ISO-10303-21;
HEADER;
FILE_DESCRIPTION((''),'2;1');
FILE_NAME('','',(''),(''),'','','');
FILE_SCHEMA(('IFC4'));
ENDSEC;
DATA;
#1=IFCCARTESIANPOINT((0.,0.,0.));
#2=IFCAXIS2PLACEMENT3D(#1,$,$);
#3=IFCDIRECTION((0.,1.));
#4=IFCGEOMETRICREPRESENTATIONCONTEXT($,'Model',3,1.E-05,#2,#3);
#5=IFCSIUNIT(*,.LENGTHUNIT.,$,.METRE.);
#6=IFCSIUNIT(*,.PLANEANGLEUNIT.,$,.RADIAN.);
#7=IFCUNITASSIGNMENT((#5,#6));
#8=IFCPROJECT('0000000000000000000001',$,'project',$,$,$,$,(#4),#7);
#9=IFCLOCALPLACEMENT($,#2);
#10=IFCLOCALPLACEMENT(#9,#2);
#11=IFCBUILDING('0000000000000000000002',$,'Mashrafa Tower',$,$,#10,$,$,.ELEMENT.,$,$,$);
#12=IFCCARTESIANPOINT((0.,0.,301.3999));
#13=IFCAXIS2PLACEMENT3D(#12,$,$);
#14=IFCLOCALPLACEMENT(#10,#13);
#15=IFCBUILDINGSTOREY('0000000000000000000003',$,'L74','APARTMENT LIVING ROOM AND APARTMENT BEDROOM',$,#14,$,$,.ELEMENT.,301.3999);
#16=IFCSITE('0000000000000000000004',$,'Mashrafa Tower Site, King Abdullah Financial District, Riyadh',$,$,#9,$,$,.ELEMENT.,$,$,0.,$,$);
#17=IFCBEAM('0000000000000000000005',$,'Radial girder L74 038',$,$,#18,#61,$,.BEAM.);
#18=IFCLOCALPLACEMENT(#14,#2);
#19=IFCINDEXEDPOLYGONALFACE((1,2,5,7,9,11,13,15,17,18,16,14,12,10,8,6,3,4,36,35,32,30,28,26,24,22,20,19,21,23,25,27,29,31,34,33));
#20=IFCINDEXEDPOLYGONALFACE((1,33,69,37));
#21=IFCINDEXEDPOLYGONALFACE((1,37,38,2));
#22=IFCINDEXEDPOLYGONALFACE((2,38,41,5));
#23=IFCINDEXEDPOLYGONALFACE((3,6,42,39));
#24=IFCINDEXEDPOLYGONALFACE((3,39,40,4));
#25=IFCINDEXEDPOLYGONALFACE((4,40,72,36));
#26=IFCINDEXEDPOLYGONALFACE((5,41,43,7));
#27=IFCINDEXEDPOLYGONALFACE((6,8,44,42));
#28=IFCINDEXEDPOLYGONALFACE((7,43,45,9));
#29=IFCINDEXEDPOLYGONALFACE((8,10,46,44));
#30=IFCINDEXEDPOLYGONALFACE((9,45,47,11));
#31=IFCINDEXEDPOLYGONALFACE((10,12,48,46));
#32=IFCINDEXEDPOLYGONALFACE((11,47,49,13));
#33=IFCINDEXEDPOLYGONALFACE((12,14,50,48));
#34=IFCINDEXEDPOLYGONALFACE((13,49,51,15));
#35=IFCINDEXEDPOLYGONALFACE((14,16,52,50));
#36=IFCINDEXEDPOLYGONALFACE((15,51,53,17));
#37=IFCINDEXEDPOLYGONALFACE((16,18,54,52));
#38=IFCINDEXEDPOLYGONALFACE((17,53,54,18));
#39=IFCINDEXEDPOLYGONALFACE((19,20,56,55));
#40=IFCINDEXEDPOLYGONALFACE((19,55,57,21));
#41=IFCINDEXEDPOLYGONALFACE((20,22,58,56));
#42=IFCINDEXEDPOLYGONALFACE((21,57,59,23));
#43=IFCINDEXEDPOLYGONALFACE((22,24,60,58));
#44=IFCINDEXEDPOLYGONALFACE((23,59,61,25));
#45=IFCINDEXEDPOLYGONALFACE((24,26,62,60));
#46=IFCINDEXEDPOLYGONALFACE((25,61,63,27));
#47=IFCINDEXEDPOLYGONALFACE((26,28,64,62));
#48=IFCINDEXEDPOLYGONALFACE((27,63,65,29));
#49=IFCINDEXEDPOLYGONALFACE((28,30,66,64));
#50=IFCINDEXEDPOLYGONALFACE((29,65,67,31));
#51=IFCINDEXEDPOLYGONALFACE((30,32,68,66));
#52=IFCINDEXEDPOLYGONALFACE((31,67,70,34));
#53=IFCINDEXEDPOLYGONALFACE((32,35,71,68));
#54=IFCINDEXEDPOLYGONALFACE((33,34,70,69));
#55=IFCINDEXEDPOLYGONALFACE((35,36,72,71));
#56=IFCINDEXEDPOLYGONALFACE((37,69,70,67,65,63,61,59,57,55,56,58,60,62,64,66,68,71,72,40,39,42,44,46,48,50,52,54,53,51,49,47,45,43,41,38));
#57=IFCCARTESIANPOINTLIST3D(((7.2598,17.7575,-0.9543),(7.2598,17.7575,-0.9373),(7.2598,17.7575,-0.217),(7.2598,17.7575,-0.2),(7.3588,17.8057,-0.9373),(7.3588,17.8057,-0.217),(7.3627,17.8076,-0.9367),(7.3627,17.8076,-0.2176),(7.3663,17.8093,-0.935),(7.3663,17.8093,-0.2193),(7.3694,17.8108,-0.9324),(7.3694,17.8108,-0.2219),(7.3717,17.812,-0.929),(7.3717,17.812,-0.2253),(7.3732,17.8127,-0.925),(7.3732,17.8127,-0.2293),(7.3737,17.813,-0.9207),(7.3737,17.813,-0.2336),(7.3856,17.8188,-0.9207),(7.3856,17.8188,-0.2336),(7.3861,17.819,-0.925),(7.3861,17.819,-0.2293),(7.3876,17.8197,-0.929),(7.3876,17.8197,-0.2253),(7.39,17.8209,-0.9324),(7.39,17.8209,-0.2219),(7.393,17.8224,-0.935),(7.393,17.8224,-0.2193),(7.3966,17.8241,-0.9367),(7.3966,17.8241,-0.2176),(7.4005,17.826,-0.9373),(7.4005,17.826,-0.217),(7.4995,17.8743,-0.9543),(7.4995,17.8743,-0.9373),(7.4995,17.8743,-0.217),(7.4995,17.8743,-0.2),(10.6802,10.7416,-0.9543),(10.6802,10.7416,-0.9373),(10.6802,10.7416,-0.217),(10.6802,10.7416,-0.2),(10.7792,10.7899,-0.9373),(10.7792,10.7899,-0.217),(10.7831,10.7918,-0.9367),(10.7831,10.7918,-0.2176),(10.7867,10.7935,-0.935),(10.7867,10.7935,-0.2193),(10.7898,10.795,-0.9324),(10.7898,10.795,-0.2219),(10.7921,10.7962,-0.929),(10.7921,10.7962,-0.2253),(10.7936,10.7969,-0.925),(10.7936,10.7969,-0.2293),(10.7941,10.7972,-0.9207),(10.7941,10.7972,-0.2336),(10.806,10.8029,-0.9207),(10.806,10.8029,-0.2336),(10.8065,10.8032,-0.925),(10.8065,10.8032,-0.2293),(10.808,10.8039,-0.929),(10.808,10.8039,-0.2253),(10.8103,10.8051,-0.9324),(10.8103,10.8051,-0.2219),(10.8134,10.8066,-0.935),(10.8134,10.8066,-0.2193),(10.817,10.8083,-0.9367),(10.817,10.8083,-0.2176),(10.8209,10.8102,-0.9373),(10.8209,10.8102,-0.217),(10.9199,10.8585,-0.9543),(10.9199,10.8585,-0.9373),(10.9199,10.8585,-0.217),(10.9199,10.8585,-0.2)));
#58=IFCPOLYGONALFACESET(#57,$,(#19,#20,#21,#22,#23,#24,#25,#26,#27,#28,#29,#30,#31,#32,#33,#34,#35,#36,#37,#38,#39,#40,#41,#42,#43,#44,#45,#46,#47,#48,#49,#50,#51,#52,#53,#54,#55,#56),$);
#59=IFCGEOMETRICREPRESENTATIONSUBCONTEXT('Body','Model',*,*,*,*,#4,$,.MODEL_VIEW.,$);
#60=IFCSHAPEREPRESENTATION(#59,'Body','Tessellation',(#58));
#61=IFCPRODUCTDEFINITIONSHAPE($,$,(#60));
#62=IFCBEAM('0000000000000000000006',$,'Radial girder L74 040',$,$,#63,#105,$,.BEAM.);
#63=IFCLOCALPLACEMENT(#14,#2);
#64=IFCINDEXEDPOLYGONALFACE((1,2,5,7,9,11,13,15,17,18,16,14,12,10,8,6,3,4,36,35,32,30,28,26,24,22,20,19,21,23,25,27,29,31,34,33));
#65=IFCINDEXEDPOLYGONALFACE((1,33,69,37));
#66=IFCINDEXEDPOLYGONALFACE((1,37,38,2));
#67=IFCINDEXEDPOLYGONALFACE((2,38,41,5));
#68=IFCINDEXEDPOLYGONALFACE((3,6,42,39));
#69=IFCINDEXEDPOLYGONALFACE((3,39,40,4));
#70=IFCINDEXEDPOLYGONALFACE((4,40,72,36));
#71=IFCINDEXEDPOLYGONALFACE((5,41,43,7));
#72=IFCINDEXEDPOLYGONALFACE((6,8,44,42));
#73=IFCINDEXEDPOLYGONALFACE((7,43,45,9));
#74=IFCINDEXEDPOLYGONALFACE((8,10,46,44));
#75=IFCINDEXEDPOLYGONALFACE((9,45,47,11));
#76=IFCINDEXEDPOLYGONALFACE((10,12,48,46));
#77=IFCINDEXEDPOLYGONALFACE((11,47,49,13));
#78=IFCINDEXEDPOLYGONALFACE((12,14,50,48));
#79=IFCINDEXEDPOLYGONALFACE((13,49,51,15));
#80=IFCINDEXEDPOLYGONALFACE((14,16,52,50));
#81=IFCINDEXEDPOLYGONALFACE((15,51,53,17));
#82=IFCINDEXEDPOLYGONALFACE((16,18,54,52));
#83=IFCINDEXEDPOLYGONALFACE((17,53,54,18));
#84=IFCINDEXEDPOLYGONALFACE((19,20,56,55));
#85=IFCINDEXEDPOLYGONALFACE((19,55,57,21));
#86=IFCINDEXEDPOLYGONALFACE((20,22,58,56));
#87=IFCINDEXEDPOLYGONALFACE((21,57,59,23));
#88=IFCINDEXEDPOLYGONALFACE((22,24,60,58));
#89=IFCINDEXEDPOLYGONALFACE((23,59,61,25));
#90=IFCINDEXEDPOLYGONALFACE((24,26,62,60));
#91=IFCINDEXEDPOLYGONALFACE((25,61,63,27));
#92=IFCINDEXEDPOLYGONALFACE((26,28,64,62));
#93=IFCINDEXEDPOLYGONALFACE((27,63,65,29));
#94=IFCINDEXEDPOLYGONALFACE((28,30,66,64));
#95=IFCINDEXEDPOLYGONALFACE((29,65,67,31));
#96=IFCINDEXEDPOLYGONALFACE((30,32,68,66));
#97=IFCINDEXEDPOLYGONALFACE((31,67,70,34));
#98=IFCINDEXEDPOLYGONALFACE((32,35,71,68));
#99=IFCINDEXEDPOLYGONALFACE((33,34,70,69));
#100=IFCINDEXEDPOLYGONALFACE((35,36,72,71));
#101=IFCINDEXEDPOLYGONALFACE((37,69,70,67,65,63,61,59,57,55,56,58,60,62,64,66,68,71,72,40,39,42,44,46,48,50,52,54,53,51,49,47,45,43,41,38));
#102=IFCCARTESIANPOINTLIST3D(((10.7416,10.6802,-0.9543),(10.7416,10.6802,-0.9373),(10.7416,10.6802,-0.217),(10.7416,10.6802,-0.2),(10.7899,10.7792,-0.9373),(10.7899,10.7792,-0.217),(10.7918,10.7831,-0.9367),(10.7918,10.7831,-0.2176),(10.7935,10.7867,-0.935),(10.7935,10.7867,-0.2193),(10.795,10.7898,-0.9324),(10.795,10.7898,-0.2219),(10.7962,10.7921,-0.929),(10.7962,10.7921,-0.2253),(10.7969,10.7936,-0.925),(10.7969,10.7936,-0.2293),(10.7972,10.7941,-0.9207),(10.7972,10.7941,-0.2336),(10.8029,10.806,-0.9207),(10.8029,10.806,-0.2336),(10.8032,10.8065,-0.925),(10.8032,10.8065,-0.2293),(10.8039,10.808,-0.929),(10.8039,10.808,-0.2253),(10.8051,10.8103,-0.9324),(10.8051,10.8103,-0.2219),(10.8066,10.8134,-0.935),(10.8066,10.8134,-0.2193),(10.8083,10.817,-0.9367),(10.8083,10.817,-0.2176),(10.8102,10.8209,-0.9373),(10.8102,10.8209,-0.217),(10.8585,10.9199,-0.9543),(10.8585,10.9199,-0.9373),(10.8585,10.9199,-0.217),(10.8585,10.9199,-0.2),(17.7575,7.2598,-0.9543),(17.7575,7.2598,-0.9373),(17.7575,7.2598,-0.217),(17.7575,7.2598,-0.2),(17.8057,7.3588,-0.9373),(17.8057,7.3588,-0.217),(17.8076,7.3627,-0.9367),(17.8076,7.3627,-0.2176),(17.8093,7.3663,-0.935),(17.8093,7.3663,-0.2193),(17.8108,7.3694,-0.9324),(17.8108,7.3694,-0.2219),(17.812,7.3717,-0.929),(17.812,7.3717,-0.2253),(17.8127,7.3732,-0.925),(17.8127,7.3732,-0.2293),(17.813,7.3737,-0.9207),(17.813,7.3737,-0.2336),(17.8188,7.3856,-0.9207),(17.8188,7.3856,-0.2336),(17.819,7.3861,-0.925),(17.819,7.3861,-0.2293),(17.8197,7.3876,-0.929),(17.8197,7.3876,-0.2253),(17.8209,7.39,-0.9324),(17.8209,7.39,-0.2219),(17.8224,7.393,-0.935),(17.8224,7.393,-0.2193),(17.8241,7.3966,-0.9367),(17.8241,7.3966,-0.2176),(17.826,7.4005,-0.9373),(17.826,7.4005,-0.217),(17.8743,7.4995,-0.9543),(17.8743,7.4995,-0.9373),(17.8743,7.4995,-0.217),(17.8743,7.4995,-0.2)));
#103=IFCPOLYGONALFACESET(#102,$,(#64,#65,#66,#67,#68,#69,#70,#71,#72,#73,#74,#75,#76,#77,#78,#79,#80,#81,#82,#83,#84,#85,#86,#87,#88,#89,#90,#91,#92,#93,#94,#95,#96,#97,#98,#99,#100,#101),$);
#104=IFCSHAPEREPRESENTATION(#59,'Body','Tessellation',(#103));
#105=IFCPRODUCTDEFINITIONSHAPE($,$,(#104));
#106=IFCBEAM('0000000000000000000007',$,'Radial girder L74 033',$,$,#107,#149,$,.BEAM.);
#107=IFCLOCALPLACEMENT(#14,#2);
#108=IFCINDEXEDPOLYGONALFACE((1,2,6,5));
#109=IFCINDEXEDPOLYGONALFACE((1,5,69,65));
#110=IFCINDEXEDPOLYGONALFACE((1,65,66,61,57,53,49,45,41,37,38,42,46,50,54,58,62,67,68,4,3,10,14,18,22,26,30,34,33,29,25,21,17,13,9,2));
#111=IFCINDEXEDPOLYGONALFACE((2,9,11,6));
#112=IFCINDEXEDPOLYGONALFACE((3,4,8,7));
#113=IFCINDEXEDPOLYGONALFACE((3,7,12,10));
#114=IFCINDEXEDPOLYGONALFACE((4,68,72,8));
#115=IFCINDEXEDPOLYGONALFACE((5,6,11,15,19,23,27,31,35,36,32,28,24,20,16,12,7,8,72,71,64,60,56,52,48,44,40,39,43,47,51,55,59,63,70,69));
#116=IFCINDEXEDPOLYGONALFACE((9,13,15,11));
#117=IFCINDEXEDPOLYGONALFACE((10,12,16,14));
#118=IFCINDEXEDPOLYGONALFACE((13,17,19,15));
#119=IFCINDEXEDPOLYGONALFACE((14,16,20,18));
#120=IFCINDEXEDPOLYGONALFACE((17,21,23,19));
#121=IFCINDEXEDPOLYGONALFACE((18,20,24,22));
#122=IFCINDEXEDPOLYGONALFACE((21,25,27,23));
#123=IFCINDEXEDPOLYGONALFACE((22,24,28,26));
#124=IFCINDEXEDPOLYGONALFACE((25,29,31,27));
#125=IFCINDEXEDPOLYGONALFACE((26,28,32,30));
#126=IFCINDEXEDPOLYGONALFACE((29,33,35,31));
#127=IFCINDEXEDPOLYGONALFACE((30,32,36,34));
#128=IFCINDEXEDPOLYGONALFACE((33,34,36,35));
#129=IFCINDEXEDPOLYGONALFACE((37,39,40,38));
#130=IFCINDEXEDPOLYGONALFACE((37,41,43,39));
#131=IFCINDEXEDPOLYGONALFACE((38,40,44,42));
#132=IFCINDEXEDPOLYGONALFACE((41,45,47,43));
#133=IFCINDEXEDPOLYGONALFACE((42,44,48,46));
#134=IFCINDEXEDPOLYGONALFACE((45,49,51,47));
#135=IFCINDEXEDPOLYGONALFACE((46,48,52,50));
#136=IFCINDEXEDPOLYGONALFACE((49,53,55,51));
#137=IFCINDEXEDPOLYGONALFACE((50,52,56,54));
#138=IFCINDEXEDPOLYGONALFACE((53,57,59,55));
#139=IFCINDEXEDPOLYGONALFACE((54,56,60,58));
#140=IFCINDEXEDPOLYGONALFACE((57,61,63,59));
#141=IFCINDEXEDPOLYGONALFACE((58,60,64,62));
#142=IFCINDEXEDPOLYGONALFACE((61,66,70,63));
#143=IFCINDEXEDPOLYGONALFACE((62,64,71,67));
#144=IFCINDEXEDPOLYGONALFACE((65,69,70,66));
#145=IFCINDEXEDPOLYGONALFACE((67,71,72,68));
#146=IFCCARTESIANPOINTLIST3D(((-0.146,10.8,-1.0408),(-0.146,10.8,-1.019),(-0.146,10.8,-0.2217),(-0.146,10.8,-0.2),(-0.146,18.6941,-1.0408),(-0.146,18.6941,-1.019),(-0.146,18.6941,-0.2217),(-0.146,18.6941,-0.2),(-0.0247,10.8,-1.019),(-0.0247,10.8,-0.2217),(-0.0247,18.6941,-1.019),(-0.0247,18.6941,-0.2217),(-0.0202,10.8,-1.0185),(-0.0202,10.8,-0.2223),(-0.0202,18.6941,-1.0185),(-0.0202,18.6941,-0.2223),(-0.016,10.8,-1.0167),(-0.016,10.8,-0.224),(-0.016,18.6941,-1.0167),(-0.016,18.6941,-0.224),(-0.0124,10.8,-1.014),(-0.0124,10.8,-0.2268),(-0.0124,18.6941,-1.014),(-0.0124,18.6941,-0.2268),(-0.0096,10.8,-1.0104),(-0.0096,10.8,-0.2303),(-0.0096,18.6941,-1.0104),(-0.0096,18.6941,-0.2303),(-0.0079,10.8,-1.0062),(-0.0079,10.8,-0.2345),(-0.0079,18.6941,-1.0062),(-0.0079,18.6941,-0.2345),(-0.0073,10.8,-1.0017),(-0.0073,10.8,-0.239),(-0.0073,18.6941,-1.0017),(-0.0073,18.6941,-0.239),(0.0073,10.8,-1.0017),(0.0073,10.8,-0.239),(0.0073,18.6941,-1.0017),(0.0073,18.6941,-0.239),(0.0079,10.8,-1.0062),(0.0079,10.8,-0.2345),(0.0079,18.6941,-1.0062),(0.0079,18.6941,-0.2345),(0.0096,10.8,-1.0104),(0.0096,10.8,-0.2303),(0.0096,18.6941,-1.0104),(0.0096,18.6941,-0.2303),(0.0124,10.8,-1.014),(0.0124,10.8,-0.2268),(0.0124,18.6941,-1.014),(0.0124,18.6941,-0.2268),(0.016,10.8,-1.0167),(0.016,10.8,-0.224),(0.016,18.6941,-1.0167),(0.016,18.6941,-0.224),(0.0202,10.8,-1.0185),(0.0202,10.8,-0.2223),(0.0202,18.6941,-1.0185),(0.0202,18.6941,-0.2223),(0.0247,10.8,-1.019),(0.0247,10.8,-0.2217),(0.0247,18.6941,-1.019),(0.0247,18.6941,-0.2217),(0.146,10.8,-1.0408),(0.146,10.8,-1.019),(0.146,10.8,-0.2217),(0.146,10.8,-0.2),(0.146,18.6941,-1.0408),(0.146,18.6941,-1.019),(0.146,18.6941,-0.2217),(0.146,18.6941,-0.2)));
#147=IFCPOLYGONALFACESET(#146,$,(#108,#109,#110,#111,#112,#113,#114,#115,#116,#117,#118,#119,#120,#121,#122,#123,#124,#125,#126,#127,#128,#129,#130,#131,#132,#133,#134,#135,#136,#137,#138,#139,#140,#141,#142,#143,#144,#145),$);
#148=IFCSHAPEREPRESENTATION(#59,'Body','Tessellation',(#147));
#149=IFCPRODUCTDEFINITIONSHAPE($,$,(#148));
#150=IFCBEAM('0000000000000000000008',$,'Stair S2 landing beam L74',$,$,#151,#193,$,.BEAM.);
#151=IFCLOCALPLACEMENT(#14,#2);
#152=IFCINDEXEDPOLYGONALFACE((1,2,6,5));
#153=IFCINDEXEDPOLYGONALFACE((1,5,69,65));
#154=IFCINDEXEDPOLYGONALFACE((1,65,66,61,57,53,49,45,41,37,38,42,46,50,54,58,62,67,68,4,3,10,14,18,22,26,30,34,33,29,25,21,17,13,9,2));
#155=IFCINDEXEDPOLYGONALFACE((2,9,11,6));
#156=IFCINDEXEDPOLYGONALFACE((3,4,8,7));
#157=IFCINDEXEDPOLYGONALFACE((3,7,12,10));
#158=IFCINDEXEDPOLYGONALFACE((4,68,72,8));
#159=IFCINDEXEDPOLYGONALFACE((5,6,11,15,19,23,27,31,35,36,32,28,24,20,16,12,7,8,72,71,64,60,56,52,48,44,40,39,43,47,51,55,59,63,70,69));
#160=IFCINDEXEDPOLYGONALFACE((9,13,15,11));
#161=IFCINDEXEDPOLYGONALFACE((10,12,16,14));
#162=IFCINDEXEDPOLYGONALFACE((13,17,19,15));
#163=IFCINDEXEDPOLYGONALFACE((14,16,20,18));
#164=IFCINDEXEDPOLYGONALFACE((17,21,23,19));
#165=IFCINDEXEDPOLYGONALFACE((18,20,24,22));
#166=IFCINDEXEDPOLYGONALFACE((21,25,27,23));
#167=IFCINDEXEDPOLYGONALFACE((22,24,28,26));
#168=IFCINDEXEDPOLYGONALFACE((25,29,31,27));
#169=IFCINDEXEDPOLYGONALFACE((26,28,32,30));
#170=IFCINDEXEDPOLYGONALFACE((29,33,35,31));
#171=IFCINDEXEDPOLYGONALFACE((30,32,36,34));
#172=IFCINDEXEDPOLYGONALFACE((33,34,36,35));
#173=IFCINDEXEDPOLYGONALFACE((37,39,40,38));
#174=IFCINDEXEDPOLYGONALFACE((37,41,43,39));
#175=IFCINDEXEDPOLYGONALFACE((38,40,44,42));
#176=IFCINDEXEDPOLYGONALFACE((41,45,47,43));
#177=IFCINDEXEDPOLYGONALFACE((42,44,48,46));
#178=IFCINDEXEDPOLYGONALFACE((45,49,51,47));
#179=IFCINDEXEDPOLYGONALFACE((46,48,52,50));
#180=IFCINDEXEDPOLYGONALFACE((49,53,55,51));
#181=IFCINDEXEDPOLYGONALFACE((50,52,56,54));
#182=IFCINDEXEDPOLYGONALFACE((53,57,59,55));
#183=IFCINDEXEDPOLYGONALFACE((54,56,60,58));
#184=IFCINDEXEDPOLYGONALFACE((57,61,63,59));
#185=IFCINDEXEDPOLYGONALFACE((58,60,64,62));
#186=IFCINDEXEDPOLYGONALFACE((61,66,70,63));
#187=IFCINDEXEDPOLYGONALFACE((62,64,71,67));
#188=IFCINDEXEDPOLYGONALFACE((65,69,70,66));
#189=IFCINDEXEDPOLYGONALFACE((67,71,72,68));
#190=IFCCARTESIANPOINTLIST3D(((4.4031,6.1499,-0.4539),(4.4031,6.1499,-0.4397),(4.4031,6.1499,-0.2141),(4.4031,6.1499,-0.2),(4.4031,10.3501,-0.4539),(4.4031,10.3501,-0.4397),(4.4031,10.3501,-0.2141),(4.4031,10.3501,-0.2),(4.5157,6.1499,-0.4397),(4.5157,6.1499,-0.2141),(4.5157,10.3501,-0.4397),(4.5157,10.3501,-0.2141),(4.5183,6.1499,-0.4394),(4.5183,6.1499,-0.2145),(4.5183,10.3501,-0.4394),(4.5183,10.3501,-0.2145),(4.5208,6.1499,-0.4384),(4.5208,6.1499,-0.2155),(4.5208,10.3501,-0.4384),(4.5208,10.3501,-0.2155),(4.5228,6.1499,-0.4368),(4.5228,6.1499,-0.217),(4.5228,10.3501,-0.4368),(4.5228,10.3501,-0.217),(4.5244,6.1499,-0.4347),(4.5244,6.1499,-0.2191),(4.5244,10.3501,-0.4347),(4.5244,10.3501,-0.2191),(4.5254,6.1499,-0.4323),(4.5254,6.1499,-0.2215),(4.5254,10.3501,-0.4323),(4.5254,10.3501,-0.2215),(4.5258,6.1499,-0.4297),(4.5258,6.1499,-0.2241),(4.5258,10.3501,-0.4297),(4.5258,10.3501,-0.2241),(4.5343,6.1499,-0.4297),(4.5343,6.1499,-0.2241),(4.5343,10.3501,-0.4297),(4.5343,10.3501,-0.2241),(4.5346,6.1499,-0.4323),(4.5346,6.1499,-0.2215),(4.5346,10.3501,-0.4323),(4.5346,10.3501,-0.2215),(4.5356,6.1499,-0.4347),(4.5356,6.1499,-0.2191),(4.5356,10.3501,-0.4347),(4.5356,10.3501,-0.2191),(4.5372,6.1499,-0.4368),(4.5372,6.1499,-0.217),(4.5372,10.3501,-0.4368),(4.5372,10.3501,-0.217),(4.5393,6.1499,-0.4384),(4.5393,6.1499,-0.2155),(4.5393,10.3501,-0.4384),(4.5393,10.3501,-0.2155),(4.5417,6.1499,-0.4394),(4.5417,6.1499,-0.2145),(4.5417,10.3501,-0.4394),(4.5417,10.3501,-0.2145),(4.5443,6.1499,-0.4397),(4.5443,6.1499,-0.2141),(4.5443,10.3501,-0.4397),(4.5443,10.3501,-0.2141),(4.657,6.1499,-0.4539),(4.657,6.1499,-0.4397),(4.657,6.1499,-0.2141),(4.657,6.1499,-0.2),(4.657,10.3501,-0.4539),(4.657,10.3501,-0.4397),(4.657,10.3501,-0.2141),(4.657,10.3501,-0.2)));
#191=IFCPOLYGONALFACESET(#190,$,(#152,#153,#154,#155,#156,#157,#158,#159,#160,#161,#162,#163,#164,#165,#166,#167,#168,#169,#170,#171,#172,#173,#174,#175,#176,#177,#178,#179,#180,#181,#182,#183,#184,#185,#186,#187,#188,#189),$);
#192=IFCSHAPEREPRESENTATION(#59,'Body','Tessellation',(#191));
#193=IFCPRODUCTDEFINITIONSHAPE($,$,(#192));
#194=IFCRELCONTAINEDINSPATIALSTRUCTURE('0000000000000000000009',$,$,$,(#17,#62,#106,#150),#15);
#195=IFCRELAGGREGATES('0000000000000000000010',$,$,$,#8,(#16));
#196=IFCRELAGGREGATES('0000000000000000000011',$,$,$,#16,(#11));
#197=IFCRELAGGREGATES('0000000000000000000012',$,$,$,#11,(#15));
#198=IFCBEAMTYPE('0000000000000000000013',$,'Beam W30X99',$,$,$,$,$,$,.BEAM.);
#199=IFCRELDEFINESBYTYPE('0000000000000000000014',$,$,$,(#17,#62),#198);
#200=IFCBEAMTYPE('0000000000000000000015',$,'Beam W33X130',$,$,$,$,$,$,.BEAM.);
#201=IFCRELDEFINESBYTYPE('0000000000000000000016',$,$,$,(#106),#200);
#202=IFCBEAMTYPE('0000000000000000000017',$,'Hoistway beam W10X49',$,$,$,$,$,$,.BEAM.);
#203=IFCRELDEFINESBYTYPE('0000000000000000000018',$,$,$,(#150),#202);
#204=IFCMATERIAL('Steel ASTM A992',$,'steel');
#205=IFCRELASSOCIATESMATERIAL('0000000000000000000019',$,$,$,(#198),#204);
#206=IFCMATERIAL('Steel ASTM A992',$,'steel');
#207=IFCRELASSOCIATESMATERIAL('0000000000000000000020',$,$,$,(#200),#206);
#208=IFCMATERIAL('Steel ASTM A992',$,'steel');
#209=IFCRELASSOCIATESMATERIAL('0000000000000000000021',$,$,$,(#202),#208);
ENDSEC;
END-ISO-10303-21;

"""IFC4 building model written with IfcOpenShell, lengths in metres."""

from ifc_helpers import new_model, si_unit, direction, frame, origin, origin_2d, place, context, subcontext, project, spatial, i_section, extrude, material, material_profile, profile_set, type_object, element, save


model = new_model("IFC4")

# Units and contexts
model_context = context("Model", 3, precision=1e-05, world=origin(), true_north=direction((0.0, 1.0)))
body_context = subcontext(model_context, "Body", "Model", "MODEL_VIEW")
ifc_project = project(units=[si_unit("LENGTHUNIT", "METRE"), si_unit("PLANEANGLEUNIT", "RADIAN")], contexts=[model_context])

# Site, building, storey
site_placement = place(None, origin())
site = spatial("IfcSite", under=ifc_project, at=site_placement, Name="Mashrafa Tower Site, King Abdullah Financial District, Riyadh", CompositionType="ELEMENT", RefElevation=0.0)
building_placement = place(site_placement, origin())
building = spatial("IfcBuilding", under=site, at=building_placement, Name="Mashrafa Tower", CompositionType="ELEMENT")
storey_placement = place(building_placement, frame((0.0, 0.0, 301.3999)))
storey = spatial("IfcBuildingStorey", under=building, at=storey_placement, Name="L74", Description="APARTMENT LIVING ROOM AND APARTMENT BEDROOM", CompositionType="ELEMENT", Elevation=301.3999)

# Beams
ifc_material_1 = material(Name="Steel ASTM A992", Category="steel")
ifc_material_profile_1 = material_profile(ifc_material_1, i_section(OverallWidth=0.2666, OverallDepth=0.7544, WebThickness=0.0132, FlangeThickness=0.0171, FilletRadius=0.0166, at=origin_2d()), Name="W30X99")
ifc_profile_set_1 = profile_set([ifc_material_profile_1], Name="Steel ASTM A992")
beam_type_1 = type_object("IfcBeamType", Name="Beam W30X99", PredefinedType="BEAM", material=ifc_profile_set_1)
for number, where, z_axis, x_axis, name in (
    (1, (10.8, 10.8, -0.5771), (-0.43822, 0.898868, 0.0), (-0.898868, -0.43822, 0.0), "Radial girder L74 038"),
    (2, (10.8, 10.8, -0.5771), (0.898868, -0.43822, 0.0), (0.43822, 0.898868, 0.0), "Radial girder L74 040"),
):
    element("IfcBeam", number, at=place(storey_placement, frame(where, z_axis=z_axis, x_axis=x_axis)), inside=storey, type_object=beam_type_1, Name=name, PredefinedType="BEAM", context=body_context, shape_type="SweptSolid", body=[
        extrude(i_section(OverallWidth=0.2666, OverallDepth=0.7544, WebThickness=0.0132, FlangeThickness=0.0171, FilletRadius=0.0166, at=origin_2d()), origin(), (0.0, 0.0, 1.0), 7.8052),
    ])
ifc_material_2 = material(Name="Steel ASTM A992", Category="steel")
ifc_material_profile_2 = material_profile(ifc_material_2, i_section(OverallWidth=0.292, OverallDepth=0.8408, WebThickness=0.0146, FlangeThickness=0.0217, FilletRadius=0.0173, at=origin_2d()), Name="W33X130")
ifc_profile_set_2 = profile_set([ifc_material_profile_2], Name="Steel ASTM A992")
beam_type_2 = type_object("IfcBeamType", Name="Beam W33X130", PredefinedType="BEAM", material=ifc_profile_set_2)
beam_1_placement = place(storey_placement, frame((0.0, 10.8, -0.6204), z_axis=(0.0, 1.0, 0.0), x_axis=(-1.0, 0.0, 0.0)))
element("IfcBeam", 3, at=beam_1_placement, inside=storey, type_object=beam_type_2, Name="Radial girder L74 033", PredefinedType="BEAM", context=body_context, shape_type="SweptSolid", body=[
    extrude(i_section(OverallWidth=0.292, OverallDepth=0.8408, WebThickness=0.0146, FlangeThickness=0.0217, FilletRadius=0.0173, at=origin_2d()), origin(), (0.0, 0.0, 1.0), 7.894),
])
ifc_material_3 = material(Name="Steel ASTM A992", Category="steel")
ifc_material_profile_3 = material_profile(ifc_material_3, i_section(OverallWidth=0.2539, OverallDepth=0.2539, WebThickness=0.0085, FlangeThickness=0.0142, FilletRadius=0.01, at=origin_2d()), Name="W10X49")
ifc_profile_set_3 = profile_set([ifc_material_profile_3], Name="Steel ASTM A992")
beam_type_3 = type_object("IfcBeamType", Name="Hoistway beam W10X49", PredefinedType="BEAM", material=ifc_profile_set_3)
beam_2_placement = place(storey_placement, frame((4.53, 6.1499, -0.3269), z_axis=(0.0, 1.0, 0.0), x_axis=(-1.0, 0.0, 0.0)))
element("IfcBeam", 4, at=beam_2_placement, inside=storey, type_object=beam_type_3, Name="Stair S2 landing beam L74", PredefinedType="BEAM", context=body_context, shape_type="SweptSolid", body=[
    extrude(i_section(OverallWidth=0.2539, OverallDepth=0.2539, WebThickness=0.0085, FlangeThickness=0.0142, FilletRadius=0.01, at=origin_2d()), origin(), (0.0, 0.0, 1.0), 4.2002),
])

save(model, "model.ifc")
